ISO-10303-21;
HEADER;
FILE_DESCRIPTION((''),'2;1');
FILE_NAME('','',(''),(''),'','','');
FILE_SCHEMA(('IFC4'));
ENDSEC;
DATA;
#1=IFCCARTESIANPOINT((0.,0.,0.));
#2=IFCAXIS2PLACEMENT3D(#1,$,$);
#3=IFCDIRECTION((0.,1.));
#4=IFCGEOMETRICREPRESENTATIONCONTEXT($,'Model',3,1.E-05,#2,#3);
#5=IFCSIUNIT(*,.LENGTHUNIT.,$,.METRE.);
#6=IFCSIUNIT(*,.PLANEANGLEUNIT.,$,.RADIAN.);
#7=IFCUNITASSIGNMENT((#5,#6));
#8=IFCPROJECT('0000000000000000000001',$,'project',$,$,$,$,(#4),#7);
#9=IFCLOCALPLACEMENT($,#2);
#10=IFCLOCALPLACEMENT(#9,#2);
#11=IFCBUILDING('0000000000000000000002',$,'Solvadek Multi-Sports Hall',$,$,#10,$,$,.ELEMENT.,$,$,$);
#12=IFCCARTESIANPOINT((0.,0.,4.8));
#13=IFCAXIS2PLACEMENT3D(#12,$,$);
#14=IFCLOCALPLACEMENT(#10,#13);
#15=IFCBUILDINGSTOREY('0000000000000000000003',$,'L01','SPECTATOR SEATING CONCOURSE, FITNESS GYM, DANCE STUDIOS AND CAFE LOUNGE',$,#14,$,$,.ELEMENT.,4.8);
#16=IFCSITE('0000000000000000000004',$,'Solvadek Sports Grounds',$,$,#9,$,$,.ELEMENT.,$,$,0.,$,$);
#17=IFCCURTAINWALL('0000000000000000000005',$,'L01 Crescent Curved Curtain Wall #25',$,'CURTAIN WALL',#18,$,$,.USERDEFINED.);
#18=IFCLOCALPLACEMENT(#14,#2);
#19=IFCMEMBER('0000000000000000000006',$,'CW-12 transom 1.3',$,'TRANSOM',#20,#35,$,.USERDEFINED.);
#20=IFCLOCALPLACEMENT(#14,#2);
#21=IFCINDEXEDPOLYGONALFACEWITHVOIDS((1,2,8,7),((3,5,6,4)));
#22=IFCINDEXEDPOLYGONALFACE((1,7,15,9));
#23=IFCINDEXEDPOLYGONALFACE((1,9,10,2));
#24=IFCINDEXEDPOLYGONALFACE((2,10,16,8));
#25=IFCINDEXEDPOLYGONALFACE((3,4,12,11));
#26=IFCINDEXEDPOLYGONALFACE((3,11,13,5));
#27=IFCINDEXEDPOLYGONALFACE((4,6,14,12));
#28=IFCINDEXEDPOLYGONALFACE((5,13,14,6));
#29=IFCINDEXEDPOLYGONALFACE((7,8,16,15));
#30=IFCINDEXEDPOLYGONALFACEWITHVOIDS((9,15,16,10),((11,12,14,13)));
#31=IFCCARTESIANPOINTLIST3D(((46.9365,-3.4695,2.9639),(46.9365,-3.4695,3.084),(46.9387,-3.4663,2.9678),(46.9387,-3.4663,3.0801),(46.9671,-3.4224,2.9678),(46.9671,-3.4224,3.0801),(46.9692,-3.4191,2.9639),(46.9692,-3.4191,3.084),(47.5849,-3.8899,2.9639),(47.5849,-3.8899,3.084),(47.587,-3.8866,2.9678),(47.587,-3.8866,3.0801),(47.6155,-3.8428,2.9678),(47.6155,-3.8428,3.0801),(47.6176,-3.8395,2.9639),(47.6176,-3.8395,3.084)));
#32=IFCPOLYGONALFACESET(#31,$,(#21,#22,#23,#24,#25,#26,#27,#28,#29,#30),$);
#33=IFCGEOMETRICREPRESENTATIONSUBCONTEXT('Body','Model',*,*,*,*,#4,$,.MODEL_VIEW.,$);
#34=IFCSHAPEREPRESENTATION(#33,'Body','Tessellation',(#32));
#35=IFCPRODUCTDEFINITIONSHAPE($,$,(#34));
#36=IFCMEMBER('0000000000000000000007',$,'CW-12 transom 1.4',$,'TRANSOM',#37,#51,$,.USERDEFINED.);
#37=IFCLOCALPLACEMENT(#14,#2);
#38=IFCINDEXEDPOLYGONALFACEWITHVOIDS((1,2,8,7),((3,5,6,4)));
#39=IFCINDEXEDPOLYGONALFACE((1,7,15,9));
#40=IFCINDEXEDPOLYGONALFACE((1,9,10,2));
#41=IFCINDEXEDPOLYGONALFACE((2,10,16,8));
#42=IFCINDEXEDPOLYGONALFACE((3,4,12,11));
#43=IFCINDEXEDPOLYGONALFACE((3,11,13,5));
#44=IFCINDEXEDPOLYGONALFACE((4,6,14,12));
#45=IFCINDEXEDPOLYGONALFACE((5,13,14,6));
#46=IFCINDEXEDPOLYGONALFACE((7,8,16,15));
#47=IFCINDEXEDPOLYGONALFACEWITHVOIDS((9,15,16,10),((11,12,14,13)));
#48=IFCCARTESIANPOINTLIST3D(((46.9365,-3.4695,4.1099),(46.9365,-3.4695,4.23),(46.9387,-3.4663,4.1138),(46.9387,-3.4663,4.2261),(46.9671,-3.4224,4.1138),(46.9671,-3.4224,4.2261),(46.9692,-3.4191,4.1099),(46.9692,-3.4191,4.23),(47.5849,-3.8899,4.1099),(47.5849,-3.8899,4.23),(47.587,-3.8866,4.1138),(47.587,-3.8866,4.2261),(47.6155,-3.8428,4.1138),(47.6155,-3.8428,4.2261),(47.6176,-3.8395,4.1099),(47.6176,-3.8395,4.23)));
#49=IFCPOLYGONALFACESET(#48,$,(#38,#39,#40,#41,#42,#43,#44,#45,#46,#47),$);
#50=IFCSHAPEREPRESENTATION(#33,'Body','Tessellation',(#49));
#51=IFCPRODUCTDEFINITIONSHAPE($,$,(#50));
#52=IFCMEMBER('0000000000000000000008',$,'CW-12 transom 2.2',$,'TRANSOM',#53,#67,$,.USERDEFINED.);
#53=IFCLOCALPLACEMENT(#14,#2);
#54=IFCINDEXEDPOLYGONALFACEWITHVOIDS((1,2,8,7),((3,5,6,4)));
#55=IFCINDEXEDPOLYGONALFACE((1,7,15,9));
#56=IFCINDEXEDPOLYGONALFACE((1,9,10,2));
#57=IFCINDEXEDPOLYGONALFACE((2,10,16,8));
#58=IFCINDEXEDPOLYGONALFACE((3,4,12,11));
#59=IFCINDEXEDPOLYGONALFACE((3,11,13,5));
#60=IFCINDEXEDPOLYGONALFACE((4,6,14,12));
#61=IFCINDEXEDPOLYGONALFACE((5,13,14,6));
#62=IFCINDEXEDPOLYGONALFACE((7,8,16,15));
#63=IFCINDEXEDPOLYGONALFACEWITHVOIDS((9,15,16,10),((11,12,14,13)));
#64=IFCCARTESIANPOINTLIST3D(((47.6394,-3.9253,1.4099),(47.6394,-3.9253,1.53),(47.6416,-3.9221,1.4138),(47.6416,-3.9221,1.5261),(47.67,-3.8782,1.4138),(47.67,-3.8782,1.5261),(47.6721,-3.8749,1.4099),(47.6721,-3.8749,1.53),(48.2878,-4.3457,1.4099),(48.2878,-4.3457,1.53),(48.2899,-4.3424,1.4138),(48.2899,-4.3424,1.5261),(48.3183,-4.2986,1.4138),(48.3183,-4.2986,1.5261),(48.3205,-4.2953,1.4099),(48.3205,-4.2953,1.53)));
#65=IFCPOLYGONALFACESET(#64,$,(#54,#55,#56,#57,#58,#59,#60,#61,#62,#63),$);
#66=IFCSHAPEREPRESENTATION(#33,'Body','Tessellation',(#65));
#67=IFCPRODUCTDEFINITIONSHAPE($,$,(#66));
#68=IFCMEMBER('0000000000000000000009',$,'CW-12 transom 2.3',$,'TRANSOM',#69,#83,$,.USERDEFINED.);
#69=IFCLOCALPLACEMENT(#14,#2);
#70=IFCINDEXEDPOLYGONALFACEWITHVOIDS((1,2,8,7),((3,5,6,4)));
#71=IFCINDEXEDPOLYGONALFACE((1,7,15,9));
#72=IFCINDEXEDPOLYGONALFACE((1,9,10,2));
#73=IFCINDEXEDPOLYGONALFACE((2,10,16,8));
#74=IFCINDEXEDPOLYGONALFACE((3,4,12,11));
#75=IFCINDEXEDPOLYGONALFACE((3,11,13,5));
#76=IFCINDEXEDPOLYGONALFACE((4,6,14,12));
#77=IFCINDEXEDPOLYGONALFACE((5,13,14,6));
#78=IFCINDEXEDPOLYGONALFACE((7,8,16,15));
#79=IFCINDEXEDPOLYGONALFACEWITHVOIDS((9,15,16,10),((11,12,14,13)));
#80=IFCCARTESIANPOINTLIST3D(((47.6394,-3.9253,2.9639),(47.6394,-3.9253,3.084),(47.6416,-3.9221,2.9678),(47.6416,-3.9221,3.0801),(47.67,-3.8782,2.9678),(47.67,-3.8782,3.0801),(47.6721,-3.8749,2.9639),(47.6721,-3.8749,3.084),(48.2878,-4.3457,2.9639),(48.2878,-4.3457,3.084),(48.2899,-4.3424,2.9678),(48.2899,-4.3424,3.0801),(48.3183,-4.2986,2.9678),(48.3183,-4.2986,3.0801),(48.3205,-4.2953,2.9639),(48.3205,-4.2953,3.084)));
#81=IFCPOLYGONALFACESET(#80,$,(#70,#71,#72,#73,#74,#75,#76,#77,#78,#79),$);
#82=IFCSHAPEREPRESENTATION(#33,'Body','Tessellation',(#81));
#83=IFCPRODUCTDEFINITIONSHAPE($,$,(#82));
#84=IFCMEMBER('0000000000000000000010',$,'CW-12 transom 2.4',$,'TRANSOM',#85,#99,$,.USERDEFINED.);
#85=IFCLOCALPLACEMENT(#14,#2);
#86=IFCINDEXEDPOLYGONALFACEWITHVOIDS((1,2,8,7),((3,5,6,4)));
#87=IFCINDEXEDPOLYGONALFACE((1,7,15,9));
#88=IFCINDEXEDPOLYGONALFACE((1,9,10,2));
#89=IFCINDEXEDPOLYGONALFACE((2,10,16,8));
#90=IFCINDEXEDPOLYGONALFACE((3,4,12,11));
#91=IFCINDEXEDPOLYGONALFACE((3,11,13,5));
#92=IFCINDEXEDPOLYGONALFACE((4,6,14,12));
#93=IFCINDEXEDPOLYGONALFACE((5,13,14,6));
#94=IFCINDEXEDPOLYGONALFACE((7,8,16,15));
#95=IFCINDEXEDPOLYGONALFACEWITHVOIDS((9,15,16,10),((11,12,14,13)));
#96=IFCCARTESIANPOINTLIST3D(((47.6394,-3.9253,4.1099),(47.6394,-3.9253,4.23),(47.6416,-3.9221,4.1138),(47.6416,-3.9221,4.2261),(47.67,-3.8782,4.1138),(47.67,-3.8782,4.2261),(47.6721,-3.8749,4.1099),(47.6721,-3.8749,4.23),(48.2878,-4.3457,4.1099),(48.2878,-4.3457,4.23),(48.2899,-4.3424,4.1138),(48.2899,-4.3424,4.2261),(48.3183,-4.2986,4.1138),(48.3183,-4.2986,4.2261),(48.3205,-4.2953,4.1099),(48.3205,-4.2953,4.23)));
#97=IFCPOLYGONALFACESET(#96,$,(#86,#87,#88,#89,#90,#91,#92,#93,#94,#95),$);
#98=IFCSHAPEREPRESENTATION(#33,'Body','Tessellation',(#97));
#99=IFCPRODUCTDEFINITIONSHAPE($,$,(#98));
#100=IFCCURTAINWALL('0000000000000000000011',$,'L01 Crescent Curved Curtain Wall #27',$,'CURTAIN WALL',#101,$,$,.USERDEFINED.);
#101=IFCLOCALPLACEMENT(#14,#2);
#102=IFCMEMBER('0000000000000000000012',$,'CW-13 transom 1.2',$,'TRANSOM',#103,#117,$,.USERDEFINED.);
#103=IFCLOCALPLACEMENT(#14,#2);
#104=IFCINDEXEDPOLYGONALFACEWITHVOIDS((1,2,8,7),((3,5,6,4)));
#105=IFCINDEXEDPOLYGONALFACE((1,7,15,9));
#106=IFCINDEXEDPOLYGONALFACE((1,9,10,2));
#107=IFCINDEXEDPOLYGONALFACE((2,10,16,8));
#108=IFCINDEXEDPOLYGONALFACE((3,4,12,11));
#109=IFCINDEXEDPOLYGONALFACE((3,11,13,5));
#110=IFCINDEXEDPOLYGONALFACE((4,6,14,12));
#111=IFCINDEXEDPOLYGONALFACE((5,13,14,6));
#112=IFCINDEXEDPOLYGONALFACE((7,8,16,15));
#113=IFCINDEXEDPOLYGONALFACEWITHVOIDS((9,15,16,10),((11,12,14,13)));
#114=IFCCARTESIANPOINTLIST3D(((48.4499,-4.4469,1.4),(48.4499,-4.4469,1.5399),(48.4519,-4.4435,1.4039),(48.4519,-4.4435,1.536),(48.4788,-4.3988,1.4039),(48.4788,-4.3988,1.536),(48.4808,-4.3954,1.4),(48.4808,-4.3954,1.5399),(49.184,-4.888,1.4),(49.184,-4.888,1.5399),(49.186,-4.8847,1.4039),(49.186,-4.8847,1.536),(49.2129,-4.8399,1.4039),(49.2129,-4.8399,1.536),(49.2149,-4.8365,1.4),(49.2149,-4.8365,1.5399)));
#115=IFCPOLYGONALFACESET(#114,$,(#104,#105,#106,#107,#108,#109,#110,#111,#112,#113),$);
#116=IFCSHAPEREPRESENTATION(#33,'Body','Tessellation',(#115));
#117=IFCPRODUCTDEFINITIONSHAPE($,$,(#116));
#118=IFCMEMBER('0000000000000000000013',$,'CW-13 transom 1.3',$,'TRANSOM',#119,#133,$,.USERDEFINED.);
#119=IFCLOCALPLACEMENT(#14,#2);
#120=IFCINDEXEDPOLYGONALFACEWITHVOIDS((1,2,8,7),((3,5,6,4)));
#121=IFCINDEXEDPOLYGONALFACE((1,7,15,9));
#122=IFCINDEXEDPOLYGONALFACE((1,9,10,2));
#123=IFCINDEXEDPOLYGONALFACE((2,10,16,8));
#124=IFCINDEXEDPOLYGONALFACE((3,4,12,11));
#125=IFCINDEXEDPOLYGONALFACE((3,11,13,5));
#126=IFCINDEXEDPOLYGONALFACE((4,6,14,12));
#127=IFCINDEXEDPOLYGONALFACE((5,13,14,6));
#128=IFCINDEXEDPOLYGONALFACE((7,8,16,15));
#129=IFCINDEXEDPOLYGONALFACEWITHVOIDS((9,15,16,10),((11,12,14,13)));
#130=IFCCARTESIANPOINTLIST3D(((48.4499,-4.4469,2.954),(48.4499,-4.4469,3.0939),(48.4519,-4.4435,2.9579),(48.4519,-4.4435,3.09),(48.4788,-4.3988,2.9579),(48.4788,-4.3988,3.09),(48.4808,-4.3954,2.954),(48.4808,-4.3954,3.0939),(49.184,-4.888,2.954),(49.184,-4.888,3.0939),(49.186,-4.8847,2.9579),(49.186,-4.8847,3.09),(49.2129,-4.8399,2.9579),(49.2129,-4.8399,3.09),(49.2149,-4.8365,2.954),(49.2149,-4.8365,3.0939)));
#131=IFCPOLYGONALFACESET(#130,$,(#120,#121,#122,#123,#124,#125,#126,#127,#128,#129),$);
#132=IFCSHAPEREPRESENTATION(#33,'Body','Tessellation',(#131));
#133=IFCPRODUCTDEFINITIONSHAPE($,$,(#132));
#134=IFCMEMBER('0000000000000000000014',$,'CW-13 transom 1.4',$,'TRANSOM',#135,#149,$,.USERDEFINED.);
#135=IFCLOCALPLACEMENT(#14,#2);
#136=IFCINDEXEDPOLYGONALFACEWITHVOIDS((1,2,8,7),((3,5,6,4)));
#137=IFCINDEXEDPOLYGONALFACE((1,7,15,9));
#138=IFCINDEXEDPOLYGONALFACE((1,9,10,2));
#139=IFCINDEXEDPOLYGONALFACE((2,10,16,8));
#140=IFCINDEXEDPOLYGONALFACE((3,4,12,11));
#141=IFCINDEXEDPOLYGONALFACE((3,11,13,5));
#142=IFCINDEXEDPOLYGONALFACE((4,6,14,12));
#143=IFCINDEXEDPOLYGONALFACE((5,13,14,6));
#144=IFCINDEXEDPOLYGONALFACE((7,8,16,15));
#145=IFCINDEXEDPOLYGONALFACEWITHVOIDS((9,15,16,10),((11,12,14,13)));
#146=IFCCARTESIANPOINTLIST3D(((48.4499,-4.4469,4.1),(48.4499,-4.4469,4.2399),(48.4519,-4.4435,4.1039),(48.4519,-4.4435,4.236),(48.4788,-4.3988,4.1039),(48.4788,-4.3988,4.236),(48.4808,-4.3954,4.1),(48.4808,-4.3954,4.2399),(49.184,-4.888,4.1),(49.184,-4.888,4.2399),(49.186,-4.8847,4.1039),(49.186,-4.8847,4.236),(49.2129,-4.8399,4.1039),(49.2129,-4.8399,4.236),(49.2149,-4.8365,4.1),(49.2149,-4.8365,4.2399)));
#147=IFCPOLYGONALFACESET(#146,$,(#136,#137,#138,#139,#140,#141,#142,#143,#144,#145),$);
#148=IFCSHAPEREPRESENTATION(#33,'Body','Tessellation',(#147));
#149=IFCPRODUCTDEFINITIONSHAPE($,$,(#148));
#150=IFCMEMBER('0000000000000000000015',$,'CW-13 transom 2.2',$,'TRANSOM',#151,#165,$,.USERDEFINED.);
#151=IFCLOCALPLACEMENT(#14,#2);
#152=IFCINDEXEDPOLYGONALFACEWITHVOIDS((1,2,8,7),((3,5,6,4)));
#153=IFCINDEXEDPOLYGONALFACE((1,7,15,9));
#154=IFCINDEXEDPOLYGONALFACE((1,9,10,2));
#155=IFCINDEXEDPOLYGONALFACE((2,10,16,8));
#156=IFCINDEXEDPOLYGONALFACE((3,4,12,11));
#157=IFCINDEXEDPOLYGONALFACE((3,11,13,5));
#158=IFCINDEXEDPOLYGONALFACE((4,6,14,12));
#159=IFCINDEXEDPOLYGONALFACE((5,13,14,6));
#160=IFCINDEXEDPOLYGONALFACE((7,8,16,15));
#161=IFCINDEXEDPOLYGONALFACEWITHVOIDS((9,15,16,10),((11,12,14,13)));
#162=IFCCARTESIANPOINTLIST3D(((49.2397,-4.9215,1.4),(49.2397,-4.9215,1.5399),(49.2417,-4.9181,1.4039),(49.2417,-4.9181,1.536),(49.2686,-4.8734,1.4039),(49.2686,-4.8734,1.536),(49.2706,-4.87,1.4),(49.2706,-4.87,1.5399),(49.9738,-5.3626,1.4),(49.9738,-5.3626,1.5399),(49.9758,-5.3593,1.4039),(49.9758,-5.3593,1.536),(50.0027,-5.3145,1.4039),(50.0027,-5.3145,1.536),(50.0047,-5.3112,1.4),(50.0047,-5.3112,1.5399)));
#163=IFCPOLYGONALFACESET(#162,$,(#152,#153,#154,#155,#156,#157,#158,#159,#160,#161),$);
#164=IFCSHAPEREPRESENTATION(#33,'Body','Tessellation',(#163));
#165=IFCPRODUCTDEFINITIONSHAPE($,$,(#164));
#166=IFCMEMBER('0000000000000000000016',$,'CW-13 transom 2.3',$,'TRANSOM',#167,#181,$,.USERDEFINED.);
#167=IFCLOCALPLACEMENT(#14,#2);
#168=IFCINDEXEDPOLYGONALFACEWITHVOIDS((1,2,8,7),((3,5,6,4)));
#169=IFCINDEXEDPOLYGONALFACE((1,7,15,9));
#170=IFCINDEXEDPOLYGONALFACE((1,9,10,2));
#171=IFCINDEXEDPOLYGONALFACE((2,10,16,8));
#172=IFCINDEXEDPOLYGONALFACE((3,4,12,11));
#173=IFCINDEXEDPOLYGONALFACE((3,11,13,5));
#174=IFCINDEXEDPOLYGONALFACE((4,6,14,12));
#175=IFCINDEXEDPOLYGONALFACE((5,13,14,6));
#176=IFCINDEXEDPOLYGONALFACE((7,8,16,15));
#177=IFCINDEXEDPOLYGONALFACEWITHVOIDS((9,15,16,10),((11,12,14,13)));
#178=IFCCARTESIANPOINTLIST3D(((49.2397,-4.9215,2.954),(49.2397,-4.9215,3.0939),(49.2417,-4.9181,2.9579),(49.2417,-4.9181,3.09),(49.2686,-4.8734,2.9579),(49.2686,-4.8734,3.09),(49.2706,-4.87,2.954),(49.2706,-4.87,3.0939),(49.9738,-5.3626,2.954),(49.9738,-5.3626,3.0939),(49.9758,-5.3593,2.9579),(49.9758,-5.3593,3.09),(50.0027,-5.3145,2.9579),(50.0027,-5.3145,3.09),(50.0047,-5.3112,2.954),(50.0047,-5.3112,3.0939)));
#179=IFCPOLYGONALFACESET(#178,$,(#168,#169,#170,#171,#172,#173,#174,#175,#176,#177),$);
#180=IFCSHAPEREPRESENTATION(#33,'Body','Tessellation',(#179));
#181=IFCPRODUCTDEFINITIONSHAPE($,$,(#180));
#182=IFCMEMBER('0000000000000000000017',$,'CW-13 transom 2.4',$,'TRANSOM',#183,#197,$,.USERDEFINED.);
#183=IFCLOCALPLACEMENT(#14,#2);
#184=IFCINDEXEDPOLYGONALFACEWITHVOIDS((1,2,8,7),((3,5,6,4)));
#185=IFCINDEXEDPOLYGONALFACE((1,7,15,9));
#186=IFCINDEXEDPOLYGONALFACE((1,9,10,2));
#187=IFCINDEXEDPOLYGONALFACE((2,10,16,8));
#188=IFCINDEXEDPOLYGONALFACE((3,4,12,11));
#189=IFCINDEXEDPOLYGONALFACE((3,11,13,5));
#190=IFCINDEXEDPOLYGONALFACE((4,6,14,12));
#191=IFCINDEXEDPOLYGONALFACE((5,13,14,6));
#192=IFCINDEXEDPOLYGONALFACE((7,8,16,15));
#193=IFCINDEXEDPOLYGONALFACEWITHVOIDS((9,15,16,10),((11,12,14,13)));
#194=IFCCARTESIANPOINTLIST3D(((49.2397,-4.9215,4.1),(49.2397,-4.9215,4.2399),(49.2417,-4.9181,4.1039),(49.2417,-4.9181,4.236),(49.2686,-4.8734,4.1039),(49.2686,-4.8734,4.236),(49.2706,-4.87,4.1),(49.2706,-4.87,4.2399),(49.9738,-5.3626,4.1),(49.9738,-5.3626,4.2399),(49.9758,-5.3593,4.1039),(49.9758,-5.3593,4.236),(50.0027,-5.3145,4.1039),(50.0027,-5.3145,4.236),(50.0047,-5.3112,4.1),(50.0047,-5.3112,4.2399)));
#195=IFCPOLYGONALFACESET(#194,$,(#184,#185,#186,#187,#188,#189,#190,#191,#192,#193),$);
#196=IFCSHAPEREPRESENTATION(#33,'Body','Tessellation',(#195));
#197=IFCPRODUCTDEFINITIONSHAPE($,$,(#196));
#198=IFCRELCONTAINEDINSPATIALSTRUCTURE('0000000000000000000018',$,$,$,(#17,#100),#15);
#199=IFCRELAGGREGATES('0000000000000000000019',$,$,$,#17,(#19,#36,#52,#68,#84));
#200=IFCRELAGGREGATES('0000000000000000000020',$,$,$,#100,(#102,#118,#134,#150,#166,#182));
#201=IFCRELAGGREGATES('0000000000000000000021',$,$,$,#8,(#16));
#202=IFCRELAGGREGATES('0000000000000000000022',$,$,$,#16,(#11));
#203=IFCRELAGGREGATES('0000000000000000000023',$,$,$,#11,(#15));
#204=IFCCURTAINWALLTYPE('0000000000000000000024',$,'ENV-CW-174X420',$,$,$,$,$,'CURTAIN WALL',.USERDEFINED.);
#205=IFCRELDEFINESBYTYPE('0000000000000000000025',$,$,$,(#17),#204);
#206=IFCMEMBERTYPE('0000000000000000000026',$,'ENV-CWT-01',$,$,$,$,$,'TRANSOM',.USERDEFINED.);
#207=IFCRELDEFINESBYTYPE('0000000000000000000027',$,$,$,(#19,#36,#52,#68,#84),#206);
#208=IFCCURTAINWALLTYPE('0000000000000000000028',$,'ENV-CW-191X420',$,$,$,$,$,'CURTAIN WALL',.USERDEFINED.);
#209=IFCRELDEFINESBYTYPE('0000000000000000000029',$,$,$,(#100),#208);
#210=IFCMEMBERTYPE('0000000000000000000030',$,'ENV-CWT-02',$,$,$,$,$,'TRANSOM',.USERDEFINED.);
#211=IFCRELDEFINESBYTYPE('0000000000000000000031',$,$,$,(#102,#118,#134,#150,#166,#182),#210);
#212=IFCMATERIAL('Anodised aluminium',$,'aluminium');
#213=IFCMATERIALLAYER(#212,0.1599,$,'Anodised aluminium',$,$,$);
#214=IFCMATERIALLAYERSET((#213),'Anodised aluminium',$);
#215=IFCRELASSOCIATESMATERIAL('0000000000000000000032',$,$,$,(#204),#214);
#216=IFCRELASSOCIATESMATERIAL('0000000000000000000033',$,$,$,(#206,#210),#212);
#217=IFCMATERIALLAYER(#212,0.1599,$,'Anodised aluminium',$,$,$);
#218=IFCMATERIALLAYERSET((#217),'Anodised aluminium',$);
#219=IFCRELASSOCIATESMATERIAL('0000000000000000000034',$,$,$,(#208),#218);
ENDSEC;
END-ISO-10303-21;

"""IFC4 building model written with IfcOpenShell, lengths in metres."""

from ifc_helpers import new_model, si_unit, direction, frame, origin, origin_2d, place, context, subcontext, project, spatial, hollow_rectangle, extrude, material, layer, layer_set, material_profile, profile_set, type_object, element, aggregate, save


model = new_model("IFC4")

# Units and contexts
model_context = context("Model", 3, precision=1e-05, world=origin(), true_north=direction((0.0, 1.0)))
body_context = subcontext(model_context, "Body", "Model", "MODEL_VIEW")
ifc_project = project(units=[si_unit("LENGTHUNIT", "METRE"), si_unit("PLANEANGLEUNIT", "RADIAN")], contexts=[model_context])

# Site, building, storey
site_placement = place(None, origin())
site = spatial("IfcSite", under=ifc_project, at=site_placement, Name="Solvadek Sports Grounds", CompositionType="ELEMENT", RefElevation=0.0)
building_placement = place(site_placement, origin())
building = spatial("IfcBuilding", under=site, at=building_placement, Name="Solvadek Multi-Sports Hall", CompositionType="ELEMENT")
storey_placement = place(building_placement, frame((0.0, 0.0, 4.8)))
storey = spatial("IfcBuildingStorey", under=building, at=storey_placement, Name="L01", Description="SPECTATOR SEATING CONCOURSE, FITNESS GYM, DANCE STUDIOS AND CAFE LOUNGE", CompositionType="ELEMENT", Elevation=4.8)

# Curtain walls, members
ifc_material_1 = material(Name="Anodised aluminium", Category="aluminium")
ifc_layer_1 = layer(ifc_material_1, 0.1599, Name="Anodised aluminium")
ifc_layer_set_1 = layer_set([ifc_layer_1], Name="Anodised aluminium")
curtain_wall_type_1 = type_object("IfcCurtainWallType", Name="ENV-CW-174X420", ElementType="CURTAIN WALL", PredefinedType="USERDEFINED", material=ifc_layer_set_1)
curtain_wall_1_placement = place(storey_placement, origin())
curtain_wall_1 = element("IfcCurtainWall", 1, at=curtain_wall_1_placement, inside=storey, type_object=curtain_wall_type_1, Name="L01 Crescent Curved Curtain Wall #25", ObjectType="CURTAIN WALL", PredefinedType="USERDEFINED")
ifc_material_profile_1 = material_profile(ifc_material_1, hollow_rectangle(XDim=0.0601, YDim=0.1201, WallThickness=0.0039, at=origin_2d()), Name="ALU-T 120x60x4")
ifc_profile_set_1 = profile_set([ifc_material_profile_1], Name="Anodised aluminium")
member_type_1 = type_object("IfcMemberType", Name="ENV-CWT-01", ElementType="TRANSOM", PredefinedType="USERDEFINED", material=ifc_profile_set_1)
member_1_placement = place(storey_placement, frame((46.9529, -3.4443, 3.0239), z_axis=(0.839078, -0.544011, 0.0), x_axis=(0.544011, 0.839078, 0.0)))
member_1 = element("IfcMember", 2, at=member_1_placement, type_object=member_type_1, Name="CW-12 transom 1.3", ObjectType="TRANSOM", PredefinedType="USERDEFINED", context=body_context, shape_type="SweptSolid", body=[
    extrude(hollow_rectangle(XDim=0.0601, YDim=0.1201, WallThickness=0.0039, at=origin_2d()), origin(), (0.0, 0.0, 1.0), 0.7727),
])
member_2_placement = place(storey_placement, frame((46.9529, -3.4443, 4.1699), z_axis=(0.839078, -0.544011, 0.0), x_axis=(0.544011, 0.839078, 0.0)))
member_2 = element("IfcMember", 3, at=member_2_placement, type_object=member_type_1, Name="CW-12 transom 1.4", ObjectType="TRANSOM", PredefinedType="USERDEFINED", context=body_context, shape_type="SweptSolid", body=[
    extrude(hollow_rectangle(XDim=0.0601, YDim=0.1201, WallThickness=0.0039, at=origin_2d()), origin(), (0.0, 0.0, 1.0), 0.7727),
])
member_3_placement = place(storey_placement, frame((47.6558, -3.9001, 1.47), z_axis=(0.839078, -0.544011, 0.0), x_axis=(0.544011, 0.839078, 0.0)))
member_3 = element("IfcMember", 4, at=member_3_placement, type_object=member_type_1, Name="CW-12 transom 2.2", ObjectType="TRANSOM", PredefinedType="USERDEFINED", context=body_context, shape_type="SweptSolid", body=[
    extrude(hollow_rectangle(XDim=0.0601, YDim=0.1201, WallThickness=0.0039, at=origin_2d()), origin(), (0.0, 0.0, 1.0), 0.7727),
])
member_4_placement = place(storey_placement, frame((47.6558, -3.9001, 3.0239), z_axis=(0.839078, -0.544011, 0.0), x_axis=(0.544011, 0.839078, 0.0)))
member_4 = element("IfcMember", 5, at=member_4_placement, type_object=member_type_1, Name="CW-12 transom 2.3", ObjectType="TRANSOM", PredefinedType="USERDEFINED", context=body_context, shape_type="SweptSolid", body=[
    extrude(hollow_rectangle(XDim=0.0601, YDim=0.1201, WallThickness=0.0039, at=origin_2d()), origin(), (0.0, 0.0, 1.0), 0.7727),
])
member_5_placement = place(storey_placement, frame((47.6558, -3.9001, 4.1699), z_axis=(0.839078, -0.544011, 0.0), x_axis=(0.544011, 0.839078, 0.0)))
member_5 = element("IfcMember", 6, at=member_5_placement, type_object=member_type_1, Name="CW-12 transom 2.4", ObjectType="TRANSOM", PredefinedType="USERDEFINED", context=body_context, shape_type="SweptSolid", body=[
    extrude(hollow_rectangle(XDim=0.0601, YDim=0.1201, WallThickness=0.0039, at=origin_2d()), origin(), (0.0, 0.0, 1.0), 0.7727),
])
ifc_layer_2 = layer(ifc_material_1, 0.1599, Name="Anodised aluminium")
ifc_layer_set_2 = layer_set([ifc_layer_2], Name="Anodised aluminium")
curtain_wall_type_2 = type_object("IfcCurtainWallType", Name="ENV-CW-191X420", ElementType="CURTAIN WALL", PredefinedType="USERDEFINED", material=ifc_layer_set_2)
curtain_wall_2_placement = place(storey_placement, origin())
curtain_wall_2 = element("IfcCurtainWall", 7, at=curtain_wall_2_placement, inside=storey, type_object=curtain_wall_type_2, Name="L01 Crescent Curved Curtain Wall #27", ObjectType="CURTAIN WALL", PredefinedType="USERDEFINED")
ifc_material_profile_2 = material_profile(ifc_material_1, hollow_rectangle(XDim=0.0601, YDim=0.1399, WallThickness=0.0039, at=origin_2d()), Name="ALU-T 140x60x4")
ifc_profile_set_2 = profile_set([ifc_material_profile_2], Name="Anodised aluminium")
member_type_2 = type_object("IfcMemberType", Name="ENV-CWT-02", ElementType="TRANSOM", PredefinedType="USERDEFINED", material=ifc_profile_set_2)
member_6_placement = place(storey_placement, frame((48.4653, -4.4211, 1.47), z_axis=(0.857141, -0.515082, 0.0), x_axis=(0.515082, 0.857141, 0.0)))
member_6 = element("IfcMember", 8, at=member_6_placement, type_object=member_type_2, Name="CW-13 transom 1.2", ObjectType="TRANSOM", PredefinedType="USERDEFINED", context=body_context, shape_type="SweptSolid", body=[
    extrude(hollow_rectangle(XDim=0.0601, YDim=0.1399, WallThickness=0.0039, at=origin_2d()), origin(), (0.0, 0.0, 1.0), 0.8564),
])
member_7_placement = place(storey_placement, frame((48.4653, -4.4211, 3.0239), z_axis=(0.857141, -0.515082, 0.0), x_axis=(0.515082, 0.857141, 0.0)))
member_7 = element("IfcMember", 9, at=member_7_placement, type_object=member_type_2, Name="CW-13 transom 1.3", ObjectType="TRANSOM", PredefinedType="USERDEFINED", context=body_context, shape_type="SweptSolid", body=[
    extrude(hollow_rectangle(XDim=0.0601, YDim=0.1399, WallThickness=0.0039, at=origin_2d()), origin(), (0.0, 0.0, 1.0), 0.8564),
])
member_8_placement = place(storey_placement, frame((48.4653, -4.4211, 4.1699), z_axis=(0.857141, -0.515082, 0.0), x_axis=(0.515082, 0.857141, 0.0)))
member_8 = element("IfcMember", 10, at=member_8_placement, type_object=member_type_2, Name="CW-13 transom 1.4", ObjectType="TRANSOM", PredefinedType="USERDEFINED", context=body_context, shape_type="SweptSolid", body=[
    extrude(hollow_rectangle(XDim=0.0601, YDim=0.1399, WallThickness=0.0039, at=origin_2d()), origin(), (0.0, 0.0, 1.0), 0.8564),
])
member_9_placement = place(storey_placement, frame((49.2551, -4.8958, 1.47), z_axis=(0.857141, -0.515082, 0.0), x_axis=(0.515082, 0.857141, 0.0)))
member_9 = element("IfcMember", 11, at=member_9_placement, type_object=member_type_2, Name="CW-13 transom 2.2", ObjectType="TRANSOM", PredefinedType="USERDEFINED", context=body_context, shape_type="SweptSolid", body=[
    extrude(hollow_rectangle(XDim=0.0601, YDim=0.1399, WallThickness=0.0039, at=origin_2d()), origin(), (0.0, 0.0, 1.0), 0.8564),
])
member_10_placement = place(storey_placement, frame((49.2551, -4.8958, 3.0239), z_axis=(0.857141, -0.515082, 0.0), x_axis=(0.515082, 0.857141, 0.0)))
member_10 = element("IfcMember", 12, at=member_10_placement, type_object=member_type_2, Name="CW-13 transom 2.3", ObjectType="TRANSOM", PredefinedType="USERDEFINED", context=body_context, shape_type="SweptSolid", body=[
    extrude(hollow_rectangle(XDim=0.0601, YDim=0.1399, WallThickness=0.0039, at=origin_2d()), origin(), (0.0, 0.0, 1.0), 0.8564),
])
member_11_placement = place(storey_placement, frame((49.2551, -4.8958, 4.1699), z_axis=(0.857141, -0.515082, 0.0), x_axis=(0.515082, 0.857141, 0.0)))
member_11 = element("IfcMember", 13, at=member_11_placement, type_object=member_type_2, Name="CW-13 transom 2.4", ObjectType="TRANSOM", PredefinedType="USERDEFINED", context=body_context, shape_type="SweptSolid", body=[
    extrude(hollow_rectangle(XDim=0.0601, YDim=0.1399, WallThickness=0.0039, at=origin_2d()), origin(), (0.0, 0.0, 1.0), 0.8564),
])

aggregate(curtain_wall_1, [member_1, member_2, member_3, member_4, member_5])
aggregate(curtain_wall_2, [member_6, member_7, member_8, member_9, member_10, member_11])

save(model, "model.ifc")
